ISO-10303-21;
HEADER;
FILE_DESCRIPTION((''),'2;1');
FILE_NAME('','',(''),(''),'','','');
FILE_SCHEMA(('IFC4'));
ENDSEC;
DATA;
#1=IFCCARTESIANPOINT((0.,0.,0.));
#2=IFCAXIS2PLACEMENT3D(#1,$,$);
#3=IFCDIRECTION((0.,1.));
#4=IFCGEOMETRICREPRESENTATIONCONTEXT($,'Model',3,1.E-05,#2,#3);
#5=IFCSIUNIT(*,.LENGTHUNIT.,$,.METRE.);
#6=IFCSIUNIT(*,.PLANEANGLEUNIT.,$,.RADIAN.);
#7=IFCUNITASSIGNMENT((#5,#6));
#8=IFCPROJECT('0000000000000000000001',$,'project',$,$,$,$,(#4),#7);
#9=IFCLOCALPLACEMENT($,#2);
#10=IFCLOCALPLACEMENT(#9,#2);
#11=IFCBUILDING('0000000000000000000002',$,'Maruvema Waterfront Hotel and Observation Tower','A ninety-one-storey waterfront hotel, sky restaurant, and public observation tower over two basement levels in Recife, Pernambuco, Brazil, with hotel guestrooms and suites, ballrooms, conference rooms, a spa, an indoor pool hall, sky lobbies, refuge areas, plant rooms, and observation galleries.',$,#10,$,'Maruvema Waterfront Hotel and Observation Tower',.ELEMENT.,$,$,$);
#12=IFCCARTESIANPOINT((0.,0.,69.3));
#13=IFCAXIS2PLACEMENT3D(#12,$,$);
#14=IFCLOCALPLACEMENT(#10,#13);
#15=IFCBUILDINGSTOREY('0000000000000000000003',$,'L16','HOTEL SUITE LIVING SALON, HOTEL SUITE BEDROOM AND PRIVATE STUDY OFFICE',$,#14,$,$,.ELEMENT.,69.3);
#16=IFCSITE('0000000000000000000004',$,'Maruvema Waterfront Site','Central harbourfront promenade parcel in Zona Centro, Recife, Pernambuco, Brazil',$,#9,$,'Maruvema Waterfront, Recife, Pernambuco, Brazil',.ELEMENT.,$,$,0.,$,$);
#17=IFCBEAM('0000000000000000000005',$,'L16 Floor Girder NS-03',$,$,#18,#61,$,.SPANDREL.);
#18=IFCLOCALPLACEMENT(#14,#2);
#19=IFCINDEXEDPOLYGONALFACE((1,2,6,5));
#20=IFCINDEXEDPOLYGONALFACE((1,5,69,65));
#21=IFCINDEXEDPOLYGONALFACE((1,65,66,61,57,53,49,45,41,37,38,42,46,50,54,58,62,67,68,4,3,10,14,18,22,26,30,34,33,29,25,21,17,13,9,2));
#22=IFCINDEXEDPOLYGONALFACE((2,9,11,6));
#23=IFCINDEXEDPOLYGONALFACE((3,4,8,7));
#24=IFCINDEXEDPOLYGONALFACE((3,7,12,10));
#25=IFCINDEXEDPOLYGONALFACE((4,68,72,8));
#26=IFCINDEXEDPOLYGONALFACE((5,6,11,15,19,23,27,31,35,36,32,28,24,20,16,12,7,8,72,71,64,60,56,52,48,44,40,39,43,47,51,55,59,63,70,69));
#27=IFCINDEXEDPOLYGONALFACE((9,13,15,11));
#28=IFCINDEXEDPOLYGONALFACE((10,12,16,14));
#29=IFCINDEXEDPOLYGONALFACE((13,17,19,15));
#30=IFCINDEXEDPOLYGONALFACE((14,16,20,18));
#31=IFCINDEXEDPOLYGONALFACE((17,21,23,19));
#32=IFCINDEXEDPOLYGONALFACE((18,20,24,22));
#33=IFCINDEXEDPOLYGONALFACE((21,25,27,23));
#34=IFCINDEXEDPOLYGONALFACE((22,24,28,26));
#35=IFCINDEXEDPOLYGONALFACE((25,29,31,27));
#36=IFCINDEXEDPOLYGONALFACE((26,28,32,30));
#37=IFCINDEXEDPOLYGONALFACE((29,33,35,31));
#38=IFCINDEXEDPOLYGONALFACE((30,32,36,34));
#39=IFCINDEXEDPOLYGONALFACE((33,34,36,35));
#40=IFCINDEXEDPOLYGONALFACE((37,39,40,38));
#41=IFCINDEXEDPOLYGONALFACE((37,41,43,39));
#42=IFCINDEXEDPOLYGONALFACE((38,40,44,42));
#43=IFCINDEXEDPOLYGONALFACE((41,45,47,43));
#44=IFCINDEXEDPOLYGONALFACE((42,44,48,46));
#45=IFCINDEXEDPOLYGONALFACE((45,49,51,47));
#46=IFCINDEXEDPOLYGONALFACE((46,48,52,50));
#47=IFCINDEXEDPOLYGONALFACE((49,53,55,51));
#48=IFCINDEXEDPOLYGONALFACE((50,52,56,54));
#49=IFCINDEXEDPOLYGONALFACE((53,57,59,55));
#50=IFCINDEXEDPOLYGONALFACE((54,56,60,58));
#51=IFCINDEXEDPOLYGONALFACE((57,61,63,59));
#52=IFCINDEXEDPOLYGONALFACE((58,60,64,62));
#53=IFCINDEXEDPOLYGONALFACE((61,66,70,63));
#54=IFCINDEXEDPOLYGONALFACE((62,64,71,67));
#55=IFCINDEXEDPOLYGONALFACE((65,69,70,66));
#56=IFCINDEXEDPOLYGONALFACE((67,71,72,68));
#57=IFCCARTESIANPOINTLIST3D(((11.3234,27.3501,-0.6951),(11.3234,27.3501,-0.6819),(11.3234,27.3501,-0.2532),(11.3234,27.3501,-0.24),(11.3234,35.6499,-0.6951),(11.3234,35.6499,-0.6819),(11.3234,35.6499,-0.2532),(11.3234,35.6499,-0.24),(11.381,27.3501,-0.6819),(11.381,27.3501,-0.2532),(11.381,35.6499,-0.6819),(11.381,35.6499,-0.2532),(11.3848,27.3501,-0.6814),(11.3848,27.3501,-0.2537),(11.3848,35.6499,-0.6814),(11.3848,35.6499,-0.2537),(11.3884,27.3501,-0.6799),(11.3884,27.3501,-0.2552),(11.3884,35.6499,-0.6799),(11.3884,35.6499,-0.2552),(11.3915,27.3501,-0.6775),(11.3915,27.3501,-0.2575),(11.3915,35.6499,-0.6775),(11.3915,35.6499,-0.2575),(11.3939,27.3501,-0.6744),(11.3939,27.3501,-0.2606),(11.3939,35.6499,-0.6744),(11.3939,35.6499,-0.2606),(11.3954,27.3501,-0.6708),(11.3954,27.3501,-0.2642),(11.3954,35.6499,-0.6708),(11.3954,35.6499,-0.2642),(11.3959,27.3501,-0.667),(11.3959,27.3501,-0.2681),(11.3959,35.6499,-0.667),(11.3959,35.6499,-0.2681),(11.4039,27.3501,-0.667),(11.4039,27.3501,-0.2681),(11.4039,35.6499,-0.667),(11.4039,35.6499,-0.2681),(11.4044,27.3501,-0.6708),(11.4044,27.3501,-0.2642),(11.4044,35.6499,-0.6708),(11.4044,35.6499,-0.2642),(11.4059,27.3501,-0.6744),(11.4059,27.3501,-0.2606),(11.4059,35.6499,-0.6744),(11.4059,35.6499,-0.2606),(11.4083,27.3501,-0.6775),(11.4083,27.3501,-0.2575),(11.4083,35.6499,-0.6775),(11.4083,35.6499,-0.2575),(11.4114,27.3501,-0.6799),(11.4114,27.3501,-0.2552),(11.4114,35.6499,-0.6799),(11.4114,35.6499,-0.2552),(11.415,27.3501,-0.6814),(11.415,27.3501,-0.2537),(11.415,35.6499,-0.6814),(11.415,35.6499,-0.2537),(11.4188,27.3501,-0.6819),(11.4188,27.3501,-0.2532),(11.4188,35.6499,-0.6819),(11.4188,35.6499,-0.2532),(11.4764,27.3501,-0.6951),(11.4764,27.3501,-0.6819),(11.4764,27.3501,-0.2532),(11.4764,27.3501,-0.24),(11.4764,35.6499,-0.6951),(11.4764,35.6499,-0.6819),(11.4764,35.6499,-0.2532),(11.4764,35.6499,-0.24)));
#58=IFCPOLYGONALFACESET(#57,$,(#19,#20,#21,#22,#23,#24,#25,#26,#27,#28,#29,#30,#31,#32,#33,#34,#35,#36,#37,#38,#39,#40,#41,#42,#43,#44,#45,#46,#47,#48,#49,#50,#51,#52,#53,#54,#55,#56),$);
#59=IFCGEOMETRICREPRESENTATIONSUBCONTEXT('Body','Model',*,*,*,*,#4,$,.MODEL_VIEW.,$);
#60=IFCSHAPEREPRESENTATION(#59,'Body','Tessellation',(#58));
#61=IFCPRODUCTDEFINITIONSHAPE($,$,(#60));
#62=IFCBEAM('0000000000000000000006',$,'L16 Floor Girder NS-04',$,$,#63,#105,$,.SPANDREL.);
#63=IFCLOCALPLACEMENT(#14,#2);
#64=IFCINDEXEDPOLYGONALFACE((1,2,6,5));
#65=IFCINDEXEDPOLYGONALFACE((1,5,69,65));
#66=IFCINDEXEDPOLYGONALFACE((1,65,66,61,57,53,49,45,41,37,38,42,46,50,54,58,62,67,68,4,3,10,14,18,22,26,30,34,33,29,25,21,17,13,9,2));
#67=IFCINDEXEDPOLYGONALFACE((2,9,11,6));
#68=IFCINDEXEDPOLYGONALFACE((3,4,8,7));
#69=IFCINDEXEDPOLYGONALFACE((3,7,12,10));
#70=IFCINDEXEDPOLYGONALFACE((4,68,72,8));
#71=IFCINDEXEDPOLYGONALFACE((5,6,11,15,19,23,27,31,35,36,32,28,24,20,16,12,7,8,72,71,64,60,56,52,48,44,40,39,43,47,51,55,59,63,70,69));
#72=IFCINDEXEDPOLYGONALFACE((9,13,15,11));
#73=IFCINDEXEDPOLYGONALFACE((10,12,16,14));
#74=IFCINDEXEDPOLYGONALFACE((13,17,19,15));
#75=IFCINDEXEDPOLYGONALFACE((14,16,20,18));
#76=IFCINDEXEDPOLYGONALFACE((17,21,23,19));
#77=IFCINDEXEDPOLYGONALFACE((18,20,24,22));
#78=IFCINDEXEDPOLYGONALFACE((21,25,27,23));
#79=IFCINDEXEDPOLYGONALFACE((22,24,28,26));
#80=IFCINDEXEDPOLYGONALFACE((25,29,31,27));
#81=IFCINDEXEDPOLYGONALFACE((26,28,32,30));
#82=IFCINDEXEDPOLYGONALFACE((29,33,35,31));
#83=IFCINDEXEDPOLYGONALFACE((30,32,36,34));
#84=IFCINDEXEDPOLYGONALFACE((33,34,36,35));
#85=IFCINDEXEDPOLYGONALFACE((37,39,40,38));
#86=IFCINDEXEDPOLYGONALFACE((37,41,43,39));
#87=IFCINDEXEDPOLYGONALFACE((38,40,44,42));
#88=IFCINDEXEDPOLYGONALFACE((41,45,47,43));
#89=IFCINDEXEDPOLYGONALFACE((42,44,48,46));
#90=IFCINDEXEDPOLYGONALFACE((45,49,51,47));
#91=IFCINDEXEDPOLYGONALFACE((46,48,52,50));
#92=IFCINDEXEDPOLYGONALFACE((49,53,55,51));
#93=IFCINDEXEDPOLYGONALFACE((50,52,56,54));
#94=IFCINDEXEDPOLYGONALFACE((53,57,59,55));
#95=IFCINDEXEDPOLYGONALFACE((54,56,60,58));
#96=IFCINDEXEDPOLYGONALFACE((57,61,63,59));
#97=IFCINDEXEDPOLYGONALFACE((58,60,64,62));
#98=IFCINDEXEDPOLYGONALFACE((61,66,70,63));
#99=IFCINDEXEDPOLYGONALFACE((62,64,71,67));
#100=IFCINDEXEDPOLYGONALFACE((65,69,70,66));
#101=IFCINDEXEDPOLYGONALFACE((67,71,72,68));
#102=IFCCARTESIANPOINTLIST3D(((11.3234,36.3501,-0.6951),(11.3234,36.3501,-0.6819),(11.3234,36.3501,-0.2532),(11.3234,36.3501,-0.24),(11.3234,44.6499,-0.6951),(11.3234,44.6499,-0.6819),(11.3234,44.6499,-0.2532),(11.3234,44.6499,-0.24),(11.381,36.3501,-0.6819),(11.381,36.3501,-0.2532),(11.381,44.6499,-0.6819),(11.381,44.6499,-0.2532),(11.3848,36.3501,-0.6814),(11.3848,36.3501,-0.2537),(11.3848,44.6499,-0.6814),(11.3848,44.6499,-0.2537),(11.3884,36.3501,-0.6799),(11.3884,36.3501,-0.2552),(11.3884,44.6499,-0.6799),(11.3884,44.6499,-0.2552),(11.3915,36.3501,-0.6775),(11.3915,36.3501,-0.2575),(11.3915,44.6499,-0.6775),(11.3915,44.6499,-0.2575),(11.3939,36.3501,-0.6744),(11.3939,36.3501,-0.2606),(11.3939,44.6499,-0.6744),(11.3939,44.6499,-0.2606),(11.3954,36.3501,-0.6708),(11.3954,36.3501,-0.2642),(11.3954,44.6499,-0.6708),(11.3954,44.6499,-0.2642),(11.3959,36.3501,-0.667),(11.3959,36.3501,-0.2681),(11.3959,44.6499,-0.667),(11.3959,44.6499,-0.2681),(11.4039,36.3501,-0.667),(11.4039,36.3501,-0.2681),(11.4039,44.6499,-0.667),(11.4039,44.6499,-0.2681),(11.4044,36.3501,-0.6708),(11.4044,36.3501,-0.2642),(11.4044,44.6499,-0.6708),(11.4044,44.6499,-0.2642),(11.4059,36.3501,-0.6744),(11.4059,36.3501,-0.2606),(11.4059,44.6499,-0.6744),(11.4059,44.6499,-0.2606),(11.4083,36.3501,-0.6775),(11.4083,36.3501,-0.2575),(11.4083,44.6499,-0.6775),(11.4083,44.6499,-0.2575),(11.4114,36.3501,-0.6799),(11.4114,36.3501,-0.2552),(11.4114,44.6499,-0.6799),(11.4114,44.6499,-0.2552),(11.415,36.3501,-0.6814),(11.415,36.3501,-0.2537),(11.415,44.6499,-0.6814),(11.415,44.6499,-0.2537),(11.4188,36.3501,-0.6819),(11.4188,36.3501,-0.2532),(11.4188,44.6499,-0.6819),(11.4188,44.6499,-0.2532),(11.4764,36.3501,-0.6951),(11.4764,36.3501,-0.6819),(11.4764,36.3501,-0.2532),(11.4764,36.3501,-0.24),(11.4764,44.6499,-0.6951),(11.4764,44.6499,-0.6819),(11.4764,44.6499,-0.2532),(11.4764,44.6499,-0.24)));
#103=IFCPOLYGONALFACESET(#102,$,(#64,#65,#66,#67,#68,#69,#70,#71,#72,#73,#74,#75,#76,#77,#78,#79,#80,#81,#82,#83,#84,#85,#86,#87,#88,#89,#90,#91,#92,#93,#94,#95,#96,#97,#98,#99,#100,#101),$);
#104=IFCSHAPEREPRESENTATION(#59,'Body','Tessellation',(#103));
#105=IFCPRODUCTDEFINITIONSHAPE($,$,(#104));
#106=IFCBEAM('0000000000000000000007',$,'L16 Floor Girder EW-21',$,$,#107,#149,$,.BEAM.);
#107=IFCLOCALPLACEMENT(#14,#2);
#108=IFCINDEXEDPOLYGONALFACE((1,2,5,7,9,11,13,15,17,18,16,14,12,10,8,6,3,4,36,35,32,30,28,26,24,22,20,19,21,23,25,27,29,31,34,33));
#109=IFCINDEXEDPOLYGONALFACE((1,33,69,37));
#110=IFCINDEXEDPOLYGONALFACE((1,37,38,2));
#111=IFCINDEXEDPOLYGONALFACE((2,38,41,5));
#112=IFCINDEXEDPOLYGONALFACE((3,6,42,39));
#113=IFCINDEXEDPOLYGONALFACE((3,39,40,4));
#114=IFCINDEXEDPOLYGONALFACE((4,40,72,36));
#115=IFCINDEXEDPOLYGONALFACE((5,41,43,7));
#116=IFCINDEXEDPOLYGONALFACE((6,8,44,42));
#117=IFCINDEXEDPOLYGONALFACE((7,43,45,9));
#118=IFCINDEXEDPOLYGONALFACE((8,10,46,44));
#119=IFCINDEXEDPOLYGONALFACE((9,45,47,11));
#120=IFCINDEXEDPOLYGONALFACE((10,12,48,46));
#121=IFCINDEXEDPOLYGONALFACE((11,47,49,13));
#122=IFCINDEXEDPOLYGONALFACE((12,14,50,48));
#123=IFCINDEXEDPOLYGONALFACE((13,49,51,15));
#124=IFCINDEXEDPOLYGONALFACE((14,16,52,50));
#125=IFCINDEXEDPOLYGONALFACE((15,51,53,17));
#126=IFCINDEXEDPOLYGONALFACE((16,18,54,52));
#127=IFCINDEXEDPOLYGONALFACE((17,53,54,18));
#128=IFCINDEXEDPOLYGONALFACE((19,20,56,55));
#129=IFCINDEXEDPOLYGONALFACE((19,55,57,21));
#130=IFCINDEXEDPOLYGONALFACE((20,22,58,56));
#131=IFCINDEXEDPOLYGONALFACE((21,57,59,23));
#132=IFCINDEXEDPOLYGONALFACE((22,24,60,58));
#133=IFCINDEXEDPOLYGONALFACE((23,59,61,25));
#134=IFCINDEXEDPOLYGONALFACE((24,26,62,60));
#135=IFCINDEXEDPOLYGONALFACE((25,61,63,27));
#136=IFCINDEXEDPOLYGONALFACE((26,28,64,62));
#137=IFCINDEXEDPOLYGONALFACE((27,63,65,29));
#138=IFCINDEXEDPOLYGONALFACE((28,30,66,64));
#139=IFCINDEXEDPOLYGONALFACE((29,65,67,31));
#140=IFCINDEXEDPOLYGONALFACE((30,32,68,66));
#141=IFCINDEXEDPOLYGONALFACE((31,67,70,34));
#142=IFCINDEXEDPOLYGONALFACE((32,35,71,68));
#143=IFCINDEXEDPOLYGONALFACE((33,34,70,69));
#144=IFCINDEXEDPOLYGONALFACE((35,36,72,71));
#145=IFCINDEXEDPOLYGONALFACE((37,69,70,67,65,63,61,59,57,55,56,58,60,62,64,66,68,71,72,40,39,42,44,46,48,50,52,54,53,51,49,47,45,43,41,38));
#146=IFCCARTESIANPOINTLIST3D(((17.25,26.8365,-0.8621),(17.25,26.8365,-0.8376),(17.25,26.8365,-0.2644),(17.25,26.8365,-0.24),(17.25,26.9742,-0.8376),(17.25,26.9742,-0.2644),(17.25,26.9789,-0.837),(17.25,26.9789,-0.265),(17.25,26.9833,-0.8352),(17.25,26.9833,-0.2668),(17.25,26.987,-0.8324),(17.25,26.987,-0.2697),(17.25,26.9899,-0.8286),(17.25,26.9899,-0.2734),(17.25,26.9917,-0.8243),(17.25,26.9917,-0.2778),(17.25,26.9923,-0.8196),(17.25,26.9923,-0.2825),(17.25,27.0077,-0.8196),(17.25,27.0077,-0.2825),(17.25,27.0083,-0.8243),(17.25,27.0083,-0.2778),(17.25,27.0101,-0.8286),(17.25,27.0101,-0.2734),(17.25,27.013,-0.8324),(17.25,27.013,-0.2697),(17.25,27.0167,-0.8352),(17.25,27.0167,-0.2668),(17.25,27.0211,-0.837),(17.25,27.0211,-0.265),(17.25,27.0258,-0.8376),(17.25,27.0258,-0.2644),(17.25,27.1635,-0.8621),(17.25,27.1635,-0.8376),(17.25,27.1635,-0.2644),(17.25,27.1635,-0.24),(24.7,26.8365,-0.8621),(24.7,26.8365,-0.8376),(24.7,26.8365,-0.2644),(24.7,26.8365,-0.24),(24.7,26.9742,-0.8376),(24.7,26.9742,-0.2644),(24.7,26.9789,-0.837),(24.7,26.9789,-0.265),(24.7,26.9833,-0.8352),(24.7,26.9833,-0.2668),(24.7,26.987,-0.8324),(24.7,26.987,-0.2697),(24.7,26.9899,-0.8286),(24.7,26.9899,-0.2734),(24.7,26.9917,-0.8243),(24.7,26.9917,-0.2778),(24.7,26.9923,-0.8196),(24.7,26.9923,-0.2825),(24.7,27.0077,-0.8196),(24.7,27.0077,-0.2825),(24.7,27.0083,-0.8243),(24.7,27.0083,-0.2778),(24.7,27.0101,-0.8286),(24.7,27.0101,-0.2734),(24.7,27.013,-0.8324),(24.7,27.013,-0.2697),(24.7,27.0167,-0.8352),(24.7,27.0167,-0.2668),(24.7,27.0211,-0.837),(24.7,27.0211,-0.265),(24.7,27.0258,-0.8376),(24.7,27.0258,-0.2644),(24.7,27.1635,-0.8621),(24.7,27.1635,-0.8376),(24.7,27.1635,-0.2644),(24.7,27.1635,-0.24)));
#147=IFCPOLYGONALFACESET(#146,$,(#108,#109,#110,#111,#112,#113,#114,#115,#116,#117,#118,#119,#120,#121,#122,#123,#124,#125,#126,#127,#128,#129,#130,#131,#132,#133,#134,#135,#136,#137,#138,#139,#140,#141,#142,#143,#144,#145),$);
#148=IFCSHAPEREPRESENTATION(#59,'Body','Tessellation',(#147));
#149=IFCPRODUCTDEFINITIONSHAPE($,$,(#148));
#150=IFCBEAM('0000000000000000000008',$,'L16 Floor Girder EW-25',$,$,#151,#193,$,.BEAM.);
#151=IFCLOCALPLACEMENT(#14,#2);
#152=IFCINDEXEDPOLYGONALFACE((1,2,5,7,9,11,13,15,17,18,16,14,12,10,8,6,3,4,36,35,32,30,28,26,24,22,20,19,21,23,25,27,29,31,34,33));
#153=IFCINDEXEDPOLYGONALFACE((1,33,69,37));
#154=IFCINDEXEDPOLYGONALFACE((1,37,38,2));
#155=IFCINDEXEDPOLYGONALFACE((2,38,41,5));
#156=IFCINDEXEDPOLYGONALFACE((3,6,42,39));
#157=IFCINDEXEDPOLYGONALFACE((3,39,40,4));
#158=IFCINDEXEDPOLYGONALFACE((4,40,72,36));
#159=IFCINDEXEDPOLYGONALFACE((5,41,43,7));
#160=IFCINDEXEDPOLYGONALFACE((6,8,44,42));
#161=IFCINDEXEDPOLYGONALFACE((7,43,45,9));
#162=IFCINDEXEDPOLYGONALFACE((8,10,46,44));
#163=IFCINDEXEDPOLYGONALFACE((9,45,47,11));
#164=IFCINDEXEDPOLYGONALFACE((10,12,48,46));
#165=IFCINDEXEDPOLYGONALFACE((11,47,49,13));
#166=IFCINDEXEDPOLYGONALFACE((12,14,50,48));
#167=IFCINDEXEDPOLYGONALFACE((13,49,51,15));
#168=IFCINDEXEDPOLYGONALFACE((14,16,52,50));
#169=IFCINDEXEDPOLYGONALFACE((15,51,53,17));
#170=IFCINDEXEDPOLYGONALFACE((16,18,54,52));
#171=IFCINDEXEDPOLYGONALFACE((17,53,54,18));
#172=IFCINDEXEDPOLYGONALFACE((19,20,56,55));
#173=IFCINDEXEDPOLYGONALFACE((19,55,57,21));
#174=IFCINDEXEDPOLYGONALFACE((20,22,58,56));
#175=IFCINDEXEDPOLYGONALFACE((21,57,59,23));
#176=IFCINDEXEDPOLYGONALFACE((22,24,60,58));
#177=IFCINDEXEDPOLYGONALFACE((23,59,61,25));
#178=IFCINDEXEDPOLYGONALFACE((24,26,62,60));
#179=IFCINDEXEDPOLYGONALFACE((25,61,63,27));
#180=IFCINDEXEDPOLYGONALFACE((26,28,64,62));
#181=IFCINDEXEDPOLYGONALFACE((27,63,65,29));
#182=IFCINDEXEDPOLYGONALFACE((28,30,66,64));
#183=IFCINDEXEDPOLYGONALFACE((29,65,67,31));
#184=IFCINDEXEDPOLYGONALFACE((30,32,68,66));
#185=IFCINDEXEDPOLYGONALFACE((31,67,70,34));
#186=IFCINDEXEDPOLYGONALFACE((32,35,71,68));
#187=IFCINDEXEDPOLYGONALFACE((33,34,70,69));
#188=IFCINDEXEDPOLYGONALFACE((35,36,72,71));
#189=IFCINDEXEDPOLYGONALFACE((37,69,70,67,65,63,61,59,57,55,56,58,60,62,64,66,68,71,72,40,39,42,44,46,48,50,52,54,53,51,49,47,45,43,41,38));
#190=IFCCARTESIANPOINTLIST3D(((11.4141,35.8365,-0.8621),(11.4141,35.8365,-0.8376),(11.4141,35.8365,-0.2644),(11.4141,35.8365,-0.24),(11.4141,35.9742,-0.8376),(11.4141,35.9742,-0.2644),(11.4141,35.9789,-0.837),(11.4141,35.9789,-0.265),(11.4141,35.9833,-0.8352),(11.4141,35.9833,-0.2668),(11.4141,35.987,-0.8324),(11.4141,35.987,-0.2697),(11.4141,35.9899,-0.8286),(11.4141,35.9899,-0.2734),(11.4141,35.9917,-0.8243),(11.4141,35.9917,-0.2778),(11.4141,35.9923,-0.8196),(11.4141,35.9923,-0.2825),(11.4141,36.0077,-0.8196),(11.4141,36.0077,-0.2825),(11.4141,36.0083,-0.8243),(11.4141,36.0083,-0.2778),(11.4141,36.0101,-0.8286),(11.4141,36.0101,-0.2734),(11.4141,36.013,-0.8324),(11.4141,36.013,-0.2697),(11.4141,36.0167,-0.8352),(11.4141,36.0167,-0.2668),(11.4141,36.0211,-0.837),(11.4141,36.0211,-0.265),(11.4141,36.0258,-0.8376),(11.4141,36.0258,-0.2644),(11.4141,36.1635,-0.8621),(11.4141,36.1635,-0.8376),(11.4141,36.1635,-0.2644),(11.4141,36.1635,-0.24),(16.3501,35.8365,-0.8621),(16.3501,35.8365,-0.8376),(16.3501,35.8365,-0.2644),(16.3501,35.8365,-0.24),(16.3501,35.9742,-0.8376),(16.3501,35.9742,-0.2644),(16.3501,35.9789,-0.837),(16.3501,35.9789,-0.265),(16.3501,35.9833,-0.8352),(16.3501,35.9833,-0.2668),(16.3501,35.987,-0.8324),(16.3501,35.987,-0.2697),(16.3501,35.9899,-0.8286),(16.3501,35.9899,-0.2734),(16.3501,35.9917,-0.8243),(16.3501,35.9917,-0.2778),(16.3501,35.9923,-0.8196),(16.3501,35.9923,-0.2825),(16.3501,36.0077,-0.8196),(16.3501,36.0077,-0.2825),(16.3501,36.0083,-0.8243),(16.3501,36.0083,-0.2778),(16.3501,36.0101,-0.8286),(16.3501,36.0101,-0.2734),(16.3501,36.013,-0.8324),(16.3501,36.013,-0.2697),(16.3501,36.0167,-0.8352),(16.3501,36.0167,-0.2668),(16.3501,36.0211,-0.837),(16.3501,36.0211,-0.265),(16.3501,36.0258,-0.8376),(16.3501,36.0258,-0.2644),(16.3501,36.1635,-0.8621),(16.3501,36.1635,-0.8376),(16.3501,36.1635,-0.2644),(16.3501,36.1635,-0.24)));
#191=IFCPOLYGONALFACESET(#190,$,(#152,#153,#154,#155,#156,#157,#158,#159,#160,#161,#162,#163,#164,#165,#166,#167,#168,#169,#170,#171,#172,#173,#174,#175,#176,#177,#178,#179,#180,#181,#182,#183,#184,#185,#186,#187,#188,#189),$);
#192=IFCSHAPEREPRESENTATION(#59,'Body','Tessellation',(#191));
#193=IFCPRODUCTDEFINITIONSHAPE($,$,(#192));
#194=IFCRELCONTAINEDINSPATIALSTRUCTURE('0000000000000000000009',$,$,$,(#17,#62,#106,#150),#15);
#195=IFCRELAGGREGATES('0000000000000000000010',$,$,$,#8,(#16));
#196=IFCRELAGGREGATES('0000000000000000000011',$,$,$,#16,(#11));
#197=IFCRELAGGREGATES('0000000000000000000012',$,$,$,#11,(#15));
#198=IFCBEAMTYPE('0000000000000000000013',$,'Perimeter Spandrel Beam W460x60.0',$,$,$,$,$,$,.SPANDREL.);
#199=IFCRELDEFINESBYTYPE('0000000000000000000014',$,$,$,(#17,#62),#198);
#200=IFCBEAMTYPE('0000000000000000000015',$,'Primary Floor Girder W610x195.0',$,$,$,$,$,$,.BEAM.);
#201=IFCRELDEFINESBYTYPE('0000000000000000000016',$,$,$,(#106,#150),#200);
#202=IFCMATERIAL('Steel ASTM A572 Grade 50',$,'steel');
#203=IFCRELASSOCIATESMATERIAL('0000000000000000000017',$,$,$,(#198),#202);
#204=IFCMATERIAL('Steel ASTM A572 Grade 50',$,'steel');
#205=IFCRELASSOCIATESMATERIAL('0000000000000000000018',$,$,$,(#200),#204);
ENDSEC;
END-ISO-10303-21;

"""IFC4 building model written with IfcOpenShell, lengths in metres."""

from ifc_helpers import new_model, si_unit, direction, frame, origin, origin_2d, place, context, subcontext, project, spatial, i_section, extrude, material, material_profile, profile_set, type_object, element, save


model = new_model("IFC4")

# Units and contexts
model_context = context("Model", 3, precision=1e-05, world=origin(), true_north=direction((0.0, 1.0)))
body_context = subcontext(model_context, "Body", "Model", "MODEL_VIEW")
ifc_project = project(units=[si_unit("LENGTHUNIT", "METRE"), si_unit("PLANEANGLEUNIT", "RADIAN")], contexts=[model_context])

# Site, building, storey
site_placement = place(None, origin())
site = spatial("IfcSite", under=ifc_project, at=site_placement, Name="Maruvema Waterfront Site", Description="Central harbourfront promenade parcel in Zona Centro, Recife, Pernambuco, Brazil", LongName="Maruvema Waterfront, Recife, Pernambuco, Brazil", CompositionType="ELEMENT", RefElevation=0.0)
building_placement = place(site_placement, origin())
building = spatial("IfcBuilding", under=site, at=building_placement, Name="Maruvema Waterfront Hotel and Observation Tower", Description="A ninety-one-storey waterfront hotel, sky restaurant, and public observation tower over two basement levels in Recife, Pernambuco, Brazil, with hotel guestrooms and suites, ballrooms, conference rooms, a spa, an indoor pool hall, sky lobbies, refuge areas, plant rooms, and observation galleries.", LongName="Maruvema Waterfront Hotel and Observation Tower", CompositionType="ELEMENT")
storey_placement = place(building_placement, frame((0.0, 0.0, 69.3)))
storey = spatial("IfcBuildingStorey", under=building, at=storey_placement, Name="L16", Description="HOTEL SUITE LIVING SALON, HOTEL SUITE BEDROOM AND PRIVATE STUDY OFFICE", CompositionType="ELEMENT", Elevation=69.3)

# Beams
ifc_material_1 = material(Name="Steel ASTM A572 Grade 50", Category="steel")
ifc_material_profile_1 = material_profile(ifc_material_1, i_section(OverallWidth=0.1531, OverallDepth=0.4551, WebThickness=0.0081, FlangeThickness=0.0132, FilletRadius=0.0149, at=origin_2d()), Name="W460x60.0")
ifc_profile_set_1 = profile_set([ifc_material_profile_1], Name="Steel ASTM A572 Grade 50")
beam_type_1 = type_object("IfcBeamType", Name="Perimeter Spandrel Beam W460x60.0", PredefinedType="SPANDREL", material=ifc_profile_set_1)
for number, where, z_axis, x_axis, name in (
    (1, (11.3999, 27.3501, -0.4675), (0.0, 1.0, 0.0), (-1.0, 0.0, 0.0), "L16 Floor Girder NS-03"),
    (2, (11.3999, 36.3501, -0.4675), (0.0, 1.0, 0.0), (-1.0, 0.0, 0.0), "L16 Floor Girder NS-04"),
):
    element("IfcBeam", number, at=place(storey_placement, frame(where, z_axis=z_axis, x_axis=x_axis)), inside=storey, type_object=beam_type_1, Name=name, PredefinedType="SPANDREL", context=body_context, shape_type="SweptSolid", body=[
        extrude(i_section(OverallWidth=0.1531, OverallDepth=0.4551, WebThickness=0.0081, FlangeThickness=0.0132, FilletRadius=0.0149, at=origin_2d()), origin(), (0.0, 0.0, 1.0), 8.2998),
    ])
ifc_material_2 = material(Name="Steel ASTM A572 Grade 50", Category="steel")
ifc_material_profile_2 = material_profile(ifc_material_2, i_section(OverallWidth=0.3269, OverallDepth=0.6221, WebThickness=0.0154, FlangeThickness=0.0244, FilletRadius=0.0181, at=origin_2d()), Name="W610x195.0")
ifc_profile_set_2 = profile_set([ifc_material_profile_2], Name="Steel ASTM A572 Grade 50")
beam_type_2 = type_object("IfcBeamType", Name="Primary Floor Girder W610x195.0", PredefinedType="BEAM", material=ifc_profile_set_2)
beam_1_placement = place(storey_placement, frame((17.25, 27.0, -0.551), z_axis=(1.0, 0.0, 0.0), x_axis=(0.0, 1.0, 0.0)))
element("IfcBeam", 3, at=beam_1_placement, inside=storey, type_object=beam_type_2, Name="L16 Floor Girder EW-21", PredefinedType="BEAM", context=body_context, shape_type="SweptSolid", body=[
    extrude(i_section(OverallWidth=0.3269, OverallDepth=0.6221, WebThickness=0.0154, FlangeThickness=0.0244, FilletRadius=0.0181, at=origin_2d()), origin(), (0.0, 0.0, 1.0), 7.45),
])
beam_2_placement = place(storey_placement, frame((11.4141, 36.0, -0.551), z_axis=(1.0, 0.0, 0.0), x_axis=(0.0, 1.0, 0.0)))
element("IfcBeam", 4, at=beam_2_placement, inside=storey, type_object=beam_type_2, Name="L16 Floor Girder EW-25", PredefinedType="BEAM", context=body_context, shape_type="SweptSolid", body=[
    extrude(i_section(OverallWidth=0.3269, OverallDepth=0.6221, WebThickness=0.0154, FlangeThickness=0.0244, FilletRadius=0.0181, at=origin_2d()), origin(), (0.0, 0.0, 1.0), 4.936),
])

save(model, "model.ifc")
